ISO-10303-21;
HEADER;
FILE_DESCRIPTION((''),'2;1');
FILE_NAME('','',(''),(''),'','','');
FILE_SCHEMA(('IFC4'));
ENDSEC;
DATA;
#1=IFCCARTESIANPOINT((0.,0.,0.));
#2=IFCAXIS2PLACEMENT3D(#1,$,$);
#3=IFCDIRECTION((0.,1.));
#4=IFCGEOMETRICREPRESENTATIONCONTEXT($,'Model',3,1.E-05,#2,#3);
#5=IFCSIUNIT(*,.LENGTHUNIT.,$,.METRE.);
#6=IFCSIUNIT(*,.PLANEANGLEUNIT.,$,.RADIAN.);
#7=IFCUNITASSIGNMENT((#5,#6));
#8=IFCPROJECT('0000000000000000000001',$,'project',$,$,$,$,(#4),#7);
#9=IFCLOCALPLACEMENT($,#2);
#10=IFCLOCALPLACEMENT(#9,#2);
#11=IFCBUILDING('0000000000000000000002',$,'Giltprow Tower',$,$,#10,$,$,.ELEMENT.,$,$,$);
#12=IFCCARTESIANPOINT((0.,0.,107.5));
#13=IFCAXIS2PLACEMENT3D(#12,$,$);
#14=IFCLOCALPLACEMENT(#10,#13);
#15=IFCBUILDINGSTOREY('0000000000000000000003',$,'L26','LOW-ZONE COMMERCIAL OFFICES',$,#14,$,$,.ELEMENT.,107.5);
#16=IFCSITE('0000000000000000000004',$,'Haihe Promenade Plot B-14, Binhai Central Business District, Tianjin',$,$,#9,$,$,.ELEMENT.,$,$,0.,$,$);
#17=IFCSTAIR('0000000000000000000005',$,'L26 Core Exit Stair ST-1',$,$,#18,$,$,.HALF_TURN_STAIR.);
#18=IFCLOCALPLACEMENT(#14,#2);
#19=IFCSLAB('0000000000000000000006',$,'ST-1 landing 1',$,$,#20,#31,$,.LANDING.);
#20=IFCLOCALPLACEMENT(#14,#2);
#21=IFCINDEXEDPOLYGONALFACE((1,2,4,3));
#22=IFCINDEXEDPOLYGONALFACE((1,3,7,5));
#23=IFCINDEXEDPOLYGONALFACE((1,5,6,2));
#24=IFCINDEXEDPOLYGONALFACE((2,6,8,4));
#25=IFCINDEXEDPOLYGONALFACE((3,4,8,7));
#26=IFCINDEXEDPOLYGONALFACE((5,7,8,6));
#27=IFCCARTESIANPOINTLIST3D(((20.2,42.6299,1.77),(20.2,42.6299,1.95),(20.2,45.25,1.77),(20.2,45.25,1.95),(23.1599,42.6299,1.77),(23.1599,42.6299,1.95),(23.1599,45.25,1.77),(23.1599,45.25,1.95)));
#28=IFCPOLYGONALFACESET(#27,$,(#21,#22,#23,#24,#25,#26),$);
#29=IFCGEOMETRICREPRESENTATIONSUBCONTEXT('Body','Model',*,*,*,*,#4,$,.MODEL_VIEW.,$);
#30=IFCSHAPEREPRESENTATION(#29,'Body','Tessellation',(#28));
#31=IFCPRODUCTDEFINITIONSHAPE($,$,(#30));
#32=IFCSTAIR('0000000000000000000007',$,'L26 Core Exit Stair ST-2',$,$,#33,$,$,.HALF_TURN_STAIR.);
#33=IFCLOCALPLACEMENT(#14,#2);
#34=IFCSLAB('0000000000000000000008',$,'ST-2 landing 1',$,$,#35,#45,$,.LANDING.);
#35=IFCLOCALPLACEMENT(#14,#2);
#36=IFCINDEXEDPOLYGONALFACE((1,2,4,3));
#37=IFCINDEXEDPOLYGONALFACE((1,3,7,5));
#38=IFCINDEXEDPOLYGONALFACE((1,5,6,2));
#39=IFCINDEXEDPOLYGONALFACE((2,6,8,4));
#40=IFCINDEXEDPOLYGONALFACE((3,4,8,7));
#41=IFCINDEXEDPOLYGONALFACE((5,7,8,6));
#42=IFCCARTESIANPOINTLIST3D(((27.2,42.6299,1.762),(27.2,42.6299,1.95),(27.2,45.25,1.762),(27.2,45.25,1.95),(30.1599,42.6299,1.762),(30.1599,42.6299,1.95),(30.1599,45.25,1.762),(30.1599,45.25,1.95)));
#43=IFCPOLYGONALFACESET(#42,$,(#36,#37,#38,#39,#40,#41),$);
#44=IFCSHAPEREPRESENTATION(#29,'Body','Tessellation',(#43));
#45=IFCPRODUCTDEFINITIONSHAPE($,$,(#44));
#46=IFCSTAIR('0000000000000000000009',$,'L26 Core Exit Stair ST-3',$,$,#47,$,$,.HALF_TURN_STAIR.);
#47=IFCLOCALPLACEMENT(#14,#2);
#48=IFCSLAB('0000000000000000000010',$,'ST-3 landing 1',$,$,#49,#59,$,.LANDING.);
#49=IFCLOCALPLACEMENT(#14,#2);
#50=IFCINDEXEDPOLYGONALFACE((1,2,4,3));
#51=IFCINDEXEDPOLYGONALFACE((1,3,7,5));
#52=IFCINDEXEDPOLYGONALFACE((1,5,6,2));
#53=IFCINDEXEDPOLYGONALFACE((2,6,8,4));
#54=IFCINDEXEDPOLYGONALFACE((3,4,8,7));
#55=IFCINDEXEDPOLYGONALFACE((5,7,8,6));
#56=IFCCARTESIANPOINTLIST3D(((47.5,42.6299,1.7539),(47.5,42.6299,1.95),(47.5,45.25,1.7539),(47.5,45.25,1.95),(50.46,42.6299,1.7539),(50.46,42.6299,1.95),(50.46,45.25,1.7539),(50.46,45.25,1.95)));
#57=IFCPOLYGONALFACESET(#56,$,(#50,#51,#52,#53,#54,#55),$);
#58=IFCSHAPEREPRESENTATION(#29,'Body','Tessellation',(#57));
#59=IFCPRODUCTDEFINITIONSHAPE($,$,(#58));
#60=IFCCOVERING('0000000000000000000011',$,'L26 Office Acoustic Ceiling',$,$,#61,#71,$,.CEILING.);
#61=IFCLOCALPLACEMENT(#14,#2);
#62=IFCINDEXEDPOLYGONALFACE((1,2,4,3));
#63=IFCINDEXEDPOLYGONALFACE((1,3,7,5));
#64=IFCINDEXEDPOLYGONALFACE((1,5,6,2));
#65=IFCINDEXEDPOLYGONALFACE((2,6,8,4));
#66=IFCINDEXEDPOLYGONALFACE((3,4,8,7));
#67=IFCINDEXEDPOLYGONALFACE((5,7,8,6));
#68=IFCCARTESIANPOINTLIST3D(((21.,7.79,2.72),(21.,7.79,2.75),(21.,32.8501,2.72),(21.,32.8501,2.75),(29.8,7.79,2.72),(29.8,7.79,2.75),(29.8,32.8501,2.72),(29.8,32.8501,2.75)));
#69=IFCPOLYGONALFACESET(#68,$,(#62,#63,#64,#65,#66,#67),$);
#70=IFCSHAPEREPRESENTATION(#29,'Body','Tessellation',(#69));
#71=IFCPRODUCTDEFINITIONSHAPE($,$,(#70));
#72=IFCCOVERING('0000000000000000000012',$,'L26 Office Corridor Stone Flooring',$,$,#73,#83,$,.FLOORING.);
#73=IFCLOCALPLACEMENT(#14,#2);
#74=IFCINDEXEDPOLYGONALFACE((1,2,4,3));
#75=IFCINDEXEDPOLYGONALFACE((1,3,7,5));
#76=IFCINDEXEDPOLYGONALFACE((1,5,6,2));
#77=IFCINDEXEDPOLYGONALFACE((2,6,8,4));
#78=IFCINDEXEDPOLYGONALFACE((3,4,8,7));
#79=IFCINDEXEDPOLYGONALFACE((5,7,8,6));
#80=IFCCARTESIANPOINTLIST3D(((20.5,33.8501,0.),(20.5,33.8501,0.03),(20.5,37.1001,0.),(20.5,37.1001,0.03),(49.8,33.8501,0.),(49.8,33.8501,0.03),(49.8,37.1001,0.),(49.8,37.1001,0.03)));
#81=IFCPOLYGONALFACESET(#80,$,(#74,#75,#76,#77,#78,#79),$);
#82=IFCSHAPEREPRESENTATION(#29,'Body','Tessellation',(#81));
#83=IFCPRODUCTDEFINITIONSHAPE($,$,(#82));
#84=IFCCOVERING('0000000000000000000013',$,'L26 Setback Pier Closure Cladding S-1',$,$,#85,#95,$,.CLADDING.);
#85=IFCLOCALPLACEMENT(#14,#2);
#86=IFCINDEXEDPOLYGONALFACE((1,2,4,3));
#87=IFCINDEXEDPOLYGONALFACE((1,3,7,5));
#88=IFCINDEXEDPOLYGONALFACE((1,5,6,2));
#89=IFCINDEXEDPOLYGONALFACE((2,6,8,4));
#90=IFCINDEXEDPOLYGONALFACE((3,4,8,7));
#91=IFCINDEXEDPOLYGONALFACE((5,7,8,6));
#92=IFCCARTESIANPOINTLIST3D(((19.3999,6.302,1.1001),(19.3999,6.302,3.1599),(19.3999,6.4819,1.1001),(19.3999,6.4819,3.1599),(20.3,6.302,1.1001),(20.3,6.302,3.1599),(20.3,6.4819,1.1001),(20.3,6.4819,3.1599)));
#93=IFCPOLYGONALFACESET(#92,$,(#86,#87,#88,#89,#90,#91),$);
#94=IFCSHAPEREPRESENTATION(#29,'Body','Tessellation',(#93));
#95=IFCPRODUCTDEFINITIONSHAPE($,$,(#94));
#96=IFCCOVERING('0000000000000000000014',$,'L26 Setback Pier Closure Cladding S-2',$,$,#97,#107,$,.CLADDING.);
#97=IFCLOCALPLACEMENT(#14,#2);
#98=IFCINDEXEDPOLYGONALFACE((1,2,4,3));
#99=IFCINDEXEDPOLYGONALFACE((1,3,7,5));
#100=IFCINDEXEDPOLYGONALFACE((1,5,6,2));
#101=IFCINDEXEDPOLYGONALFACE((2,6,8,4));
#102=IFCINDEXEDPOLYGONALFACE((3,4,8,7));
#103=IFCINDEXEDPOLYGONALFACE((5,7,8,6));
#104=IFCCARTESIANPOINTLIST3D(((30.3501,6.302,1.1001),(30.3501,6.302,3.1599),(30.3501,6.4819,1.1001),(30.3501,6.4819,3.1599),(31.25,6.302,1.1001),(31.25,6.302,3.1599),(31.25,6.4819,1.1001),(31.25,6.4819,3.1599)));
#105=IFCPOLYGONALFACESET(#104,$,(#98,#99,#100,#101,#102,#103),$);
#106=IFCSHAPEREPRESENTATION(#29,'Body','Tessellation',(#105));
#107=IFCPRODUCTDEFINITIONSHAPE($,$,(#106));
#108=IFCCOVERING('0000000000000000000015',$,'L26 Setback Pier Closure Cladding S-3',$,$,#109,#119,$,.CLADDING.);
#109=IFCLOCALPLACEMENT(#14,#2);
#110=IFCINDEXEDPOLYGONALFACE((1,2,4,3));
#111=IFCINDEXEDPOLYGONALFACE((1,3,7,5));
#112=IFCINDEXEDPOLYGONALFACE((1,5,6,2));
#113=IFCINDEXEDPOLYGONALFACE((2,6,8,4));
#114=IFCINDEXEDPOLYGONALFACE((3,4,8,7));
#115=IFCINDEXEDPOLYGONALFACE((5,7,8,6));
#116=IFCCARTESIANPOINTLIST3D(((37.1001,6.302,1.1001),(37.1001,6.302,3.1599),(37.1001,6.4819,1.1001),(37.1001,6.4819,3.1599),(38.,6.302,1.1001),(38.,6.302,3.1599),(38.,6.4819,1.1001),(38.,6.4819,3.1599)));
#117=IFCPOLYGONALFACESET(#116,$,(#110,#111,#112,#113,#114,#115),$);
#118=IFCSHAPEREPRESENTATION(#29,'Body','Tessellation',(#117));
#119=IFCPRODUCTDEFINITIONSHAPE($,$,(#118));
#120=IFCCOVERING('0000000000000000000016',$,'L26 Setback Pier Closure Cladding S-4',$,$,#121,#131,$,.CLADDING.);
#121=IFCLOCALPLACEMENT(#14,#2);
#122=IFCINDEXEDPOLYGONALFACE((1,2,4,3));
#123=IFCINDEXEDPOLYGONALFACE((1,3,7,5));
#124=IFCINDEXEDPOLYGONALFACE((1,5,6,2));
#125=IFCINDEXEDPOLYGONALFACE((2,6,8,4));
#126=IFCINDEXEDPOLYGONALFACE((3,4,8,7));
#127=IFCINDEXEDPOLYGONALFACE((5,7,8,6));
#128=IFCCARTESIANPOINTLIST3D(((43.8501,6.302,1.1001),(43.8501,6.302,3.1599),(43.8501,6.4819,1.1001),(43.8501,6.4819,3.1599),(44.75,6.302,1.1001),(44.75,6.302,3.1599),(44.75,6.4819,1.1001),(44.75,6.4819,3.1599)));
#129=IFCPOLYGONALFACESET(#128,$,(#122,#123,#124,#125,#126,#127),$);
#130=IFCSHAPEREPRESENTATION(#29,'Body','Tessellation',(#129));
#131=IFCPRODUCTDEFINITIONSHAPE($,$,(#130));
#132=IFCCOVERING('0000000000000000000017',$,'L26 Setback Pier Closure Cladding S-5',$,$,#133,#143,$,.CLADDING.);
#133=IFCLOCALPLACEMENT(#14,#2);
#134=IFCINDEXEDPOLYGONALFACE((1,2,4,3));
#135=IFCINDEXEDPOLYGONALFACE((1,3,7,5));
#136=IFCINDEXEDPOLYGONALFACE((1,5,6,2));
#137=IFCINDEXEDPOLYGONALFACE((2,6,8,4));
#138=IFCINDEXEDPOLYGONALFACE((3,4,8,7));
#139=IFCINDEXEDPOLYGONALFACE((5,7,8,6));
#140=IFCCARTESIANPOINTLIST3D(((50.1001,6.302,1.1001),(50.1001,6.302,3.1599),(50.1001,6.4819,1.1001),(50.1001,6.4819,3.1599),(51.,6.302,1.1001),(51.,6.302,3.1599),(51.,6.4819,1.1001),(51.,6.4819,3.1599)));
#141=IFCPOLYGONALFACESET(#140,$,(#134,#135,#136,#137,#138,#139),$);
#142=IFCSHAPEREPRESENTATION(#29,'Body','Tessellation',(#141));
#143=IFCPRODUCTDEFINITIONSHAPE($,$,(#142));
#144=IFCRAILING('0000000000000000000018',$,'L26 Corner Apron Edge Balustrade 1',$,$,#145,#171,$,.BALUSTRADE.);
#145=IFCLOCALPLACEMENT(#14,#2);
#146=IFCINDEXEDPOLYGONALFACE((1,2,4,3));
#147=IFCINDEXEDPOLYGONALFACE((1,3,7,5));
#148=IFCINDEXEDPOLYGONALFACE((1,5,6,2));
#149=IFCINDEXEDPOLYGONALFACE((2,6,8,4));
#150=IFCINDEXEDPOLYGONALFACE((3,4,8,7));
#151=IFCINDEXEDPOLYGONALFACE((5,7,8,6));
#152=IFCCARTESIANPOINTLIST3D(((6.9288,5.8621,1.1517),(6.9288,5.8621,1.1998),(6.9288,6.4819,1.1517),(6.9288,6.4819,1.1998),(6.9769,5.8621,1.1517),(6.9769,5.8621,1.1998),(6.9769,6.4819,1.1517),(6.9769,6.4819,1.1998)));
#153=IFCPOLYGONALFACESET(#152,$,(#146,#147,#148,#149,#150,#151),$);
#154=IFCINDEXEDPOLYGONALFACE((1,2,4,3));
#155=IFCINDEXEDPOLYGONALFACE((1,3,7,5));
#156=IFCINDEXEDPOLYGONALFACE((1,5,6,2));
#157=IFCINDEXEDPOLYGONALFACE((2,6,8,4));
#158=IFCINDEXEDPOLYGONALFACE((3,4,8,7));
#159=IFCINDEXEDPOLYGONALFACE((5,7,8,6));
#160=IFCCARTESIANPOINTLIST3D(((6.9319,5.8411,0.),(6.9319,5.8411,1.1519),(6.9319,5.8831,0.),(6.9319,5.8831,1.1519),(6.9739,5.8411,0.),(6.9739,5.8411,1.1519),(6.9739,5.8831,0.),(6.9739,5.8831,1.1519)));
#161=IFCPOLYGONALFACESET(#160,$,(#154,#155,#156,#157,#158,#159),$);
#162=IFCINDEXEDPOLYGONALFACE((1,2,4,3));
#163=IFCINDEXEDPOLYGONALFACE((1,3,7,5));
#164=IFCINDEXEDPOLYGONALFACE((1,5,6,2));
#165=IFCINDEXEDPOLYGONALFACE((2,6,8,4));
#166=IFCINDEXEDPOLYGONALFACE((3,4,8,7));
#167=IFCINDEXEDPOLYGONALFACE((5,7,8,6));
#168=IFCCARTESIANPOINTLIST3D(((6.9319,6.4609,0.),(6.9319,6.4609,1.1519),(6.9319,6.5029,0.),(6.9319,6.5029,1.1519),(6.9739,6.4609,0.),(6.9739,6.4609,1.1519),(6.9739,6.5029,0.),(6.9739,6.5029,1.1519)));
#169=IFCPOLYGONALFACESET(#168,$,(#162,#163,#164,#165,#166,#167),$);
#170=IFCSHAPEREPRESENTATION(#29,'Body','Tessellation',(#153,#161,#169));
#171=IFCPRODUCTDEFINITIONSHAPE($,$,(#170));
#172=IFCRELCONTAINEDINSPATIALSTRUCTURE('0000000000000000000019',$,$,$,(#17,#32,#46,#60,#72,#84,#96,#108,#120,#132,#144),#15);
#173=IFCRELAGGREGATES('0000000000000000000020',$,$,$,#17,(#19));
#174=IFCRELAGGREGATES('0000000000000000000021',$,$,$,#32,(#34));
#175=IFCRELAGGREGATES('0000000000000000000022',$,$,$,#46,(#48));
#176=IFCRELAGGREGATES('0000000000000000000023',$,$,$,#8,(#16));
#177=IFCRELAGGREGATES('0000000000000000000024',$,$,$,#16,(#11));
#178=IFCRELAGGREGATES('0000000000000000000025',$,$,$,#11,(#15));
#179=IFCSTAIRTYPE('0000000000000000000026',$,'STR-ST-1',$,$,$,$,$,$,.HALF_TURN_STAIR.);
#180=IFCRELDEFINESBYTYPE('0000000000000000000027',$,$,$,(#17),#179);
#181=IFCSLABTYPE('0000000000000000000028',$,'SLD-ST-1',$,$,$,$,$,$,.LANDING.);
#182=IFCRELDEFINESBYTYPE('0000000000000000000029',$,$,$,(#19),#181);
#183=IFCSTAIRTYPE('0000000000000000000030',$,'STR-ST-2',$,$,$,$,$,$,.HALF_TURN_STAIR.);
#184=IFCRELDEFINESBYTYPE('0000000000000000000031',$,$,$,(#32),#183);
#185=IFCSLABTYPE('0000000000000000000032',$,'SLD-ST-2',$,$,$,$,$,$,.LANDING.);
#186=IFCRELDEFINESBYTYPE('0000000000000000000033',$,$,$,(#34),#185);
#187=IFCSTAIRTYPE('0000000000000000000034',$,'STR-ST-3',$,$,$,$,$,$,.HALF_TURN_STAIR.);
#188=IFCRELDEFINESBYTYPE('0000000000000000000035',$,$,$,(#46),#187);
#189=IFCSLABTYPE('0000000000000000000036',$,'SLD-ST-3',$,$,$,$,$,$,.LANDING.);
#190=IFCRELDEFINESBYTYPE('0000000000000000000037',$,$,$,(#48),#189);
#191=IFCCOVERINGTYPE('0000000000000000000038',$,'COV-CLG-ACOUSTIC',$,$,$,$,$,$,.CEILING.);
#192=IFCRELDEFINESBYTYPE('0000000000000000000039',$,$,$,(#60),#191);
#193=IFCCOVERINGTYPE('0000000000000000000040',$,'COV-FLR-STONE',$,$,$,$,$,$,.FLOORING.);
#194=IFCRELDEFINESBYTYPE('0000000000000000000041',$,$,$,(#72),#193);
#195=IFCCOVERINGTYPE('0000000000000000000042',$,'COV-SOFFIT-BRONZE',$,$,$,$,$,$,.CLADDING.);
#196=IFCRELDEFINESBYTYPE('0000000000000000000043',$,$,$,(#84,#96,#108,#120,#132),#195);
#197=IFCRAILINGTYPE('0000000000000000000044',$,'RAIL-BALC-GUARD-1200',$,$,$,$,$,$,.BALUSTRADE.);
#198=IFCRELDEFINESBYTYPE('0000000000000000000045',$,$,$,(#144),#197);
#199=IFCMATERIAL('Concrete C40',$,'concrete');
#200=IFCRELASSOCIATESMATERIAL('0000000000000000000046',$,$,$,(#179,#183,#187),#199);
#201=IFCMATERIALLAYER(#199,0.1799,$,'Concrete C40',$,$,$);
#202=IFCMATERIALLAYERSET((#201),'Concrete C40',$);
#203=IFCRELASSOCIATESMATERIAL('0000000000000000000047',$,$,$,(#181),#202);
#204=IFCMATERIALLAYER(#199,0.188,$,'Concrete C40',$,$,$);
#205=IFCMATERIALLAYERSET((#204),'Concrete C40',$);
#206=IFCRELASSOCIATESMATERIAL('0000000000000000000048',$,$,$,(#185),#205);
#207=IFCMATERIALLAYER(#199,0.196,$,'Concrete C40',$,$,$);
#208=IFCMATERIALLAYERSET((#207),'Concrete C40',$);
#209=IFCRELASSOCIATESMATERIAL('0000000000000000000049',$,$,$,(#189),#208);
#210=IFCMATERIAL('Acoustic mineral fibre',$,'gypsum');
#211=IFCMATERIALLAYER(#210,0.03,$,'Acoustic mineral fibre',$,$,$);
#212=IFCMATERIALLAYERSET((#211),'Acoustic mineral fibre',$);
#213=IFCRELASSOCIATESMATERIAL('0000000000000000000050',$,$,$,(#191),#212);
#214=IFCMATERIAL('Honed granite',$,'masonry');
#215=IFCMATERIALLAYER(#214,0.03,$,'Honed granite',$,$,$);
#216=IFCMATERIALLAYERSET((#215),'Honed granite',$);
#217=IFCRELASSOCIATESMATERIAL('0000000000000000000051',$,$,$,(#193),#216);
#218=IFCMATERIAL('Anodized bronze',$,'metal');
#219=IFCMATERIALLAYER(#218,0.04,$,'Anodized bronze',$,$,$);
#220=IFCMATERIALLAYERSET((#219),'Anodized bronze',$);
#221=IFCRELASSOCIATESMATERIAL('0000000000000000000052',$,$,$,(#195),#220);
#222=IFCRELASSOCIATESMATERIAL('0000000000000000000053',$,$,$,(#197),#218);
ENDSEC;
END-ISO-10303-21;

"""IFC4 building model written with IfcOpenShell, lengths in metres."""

from ifc_helpers import new_model, si_unit, direction, frame, origin, origin_2d, place, context, subcontext, project, spatial, polyline, rectangle, outline, extrude, material, layer, layer_set, type_object, element, aggregate, save


model = new_model("IFC4")

# Units and contexts
model_context = context("Model", 3, precision=1e-05, world=origin(), true_north=direction((0.0, 1.0)))
body_context = subcontext(model_context, "Body", "Model", "MODEL_VIEW")
ifc_project = project(units=[si_unit("LENGTHUNIT", "METRE"), si_unit("PLANEANGLEUNIT", "RADIAN")], contexts=[model_context])

# Site, building, storey
site_placement = place(None, origin())
site = spatial("IfcSite", under=ifc_project, at=site_placement, Name="Haihe Promenade Plot B-14, Binhai Central Business District, Tianjin", CompositionType="ELEMENT", RefElevation=0.0)
building_placement = place(site_placement, origin())
building = spatial("IfcBuilding", under=site, at=building_placement, Name="Giltprow Tower", CompositionType="ELEMENT")
storey_placement = place(building_placement, frame((0.0, 0.0, 107.5)))
storey = spatial("IfcBuildingStorey", under=building, at=storey_placement, Name="L26", Description="LOW-ZONE COMMERCIAL OFFICES", CompositionType="ELEMENT", Elevation=107.5)

# Shared definitions
ifc_material_1 = material(Name="Anodized bronze", Category="metal")

# Shared definitions
ifc_material_2 = material(Name="Concrete C40", Category="concrete")

# Stairs, slabs
stair_type_1 = type_object("IfcStairType", Name="STR-ST-1", PredefinedType="HALF_TURN_STAIR", material=ifc_material_2)
stair_1_placement = place(storey_placement, origin())
stair_1 = element("IfcStair", 1, at=stair_1_placement, inside=storey, type_object=stair_type_1, Name="L26 Core Exit Stair ST-1", PredefinedType="HALF_TURN_STAIR")
ifc_layer_1 = layer(ifc_material_2, 0.1799, Name="Concrete C40")
ifc_layer_set_1 = layer_set([ifc_layer_1], Name="Concrete C40")
slab_type_1 = type_object("IfcSlabType", Name="SLD-ST-1", PredefinedType="LANDING", material=ifc_layer_set_1)
slab_1_placement = place(storey_placement, frame((0.0, 0.0, 1.77)))
slab_1 = element("IfcSlab", 2, at=slab_1_placement, type_object=slab_type_1, Name="ST-1 landing 1", PredefinedType="LANDING", context=body_context, shape_type="SweptSolid", body=[
    extrude(outline(polyline([(23.1599, 42.6299), (23.1599, 45.25), (20.2, 45.25), (20.2, 42.6299), (23.1599, 42.6299)])), origin(), (0.0, 0.0, 1.0), 0.1799),
])
aggregate(stair_1, [slab_1])
stair_type_2 = type_object("IfcStairType", Name="STR-ST-2", PredefinedType="HALF_TURN_STAIR", material=ifc_material_2)
stair_2_placement = place(storey_placement, origin())
stair_2 = element("IfcStair", 3, at=stair_2_placement, inside=storey, type_object=stair_type_2, Name="L26 Core Exit Stair ST-2", PredefinedType="HALF_TURN_STAIR")
ifc_layer_2 = layer(ifc_material_2, 0.188, Name="Concrete C40")
ifc_layer_set_2 = layer_set([ifc_layer_2], Name="Concrete C40")
slab_type_2 = type_object("IfcSlabType", Name="SLD-ST-2", PredefinedType="LANDING", material=ifc_layer_set_2)
slab_2_placement = place(storey_placement, frame((0.0, 0.0, 1.762)))
slab_2 = element("IfcSlab", 4, at=slab_2_placement, type_object=slab_type_2, Name="ST-2 landing 1", PredefinedType="LANDING", context=body_context, shape_type="SweptSolid", body=[
    extrude(outline(polyline([(30.1599, 42.6299), (30.1599, 45.25), (27.2, 45.25), (27.2, 42.6299), (30.1599, 42.6299)])), origin(), (0.0, 0.0, 1.0), 0.188),
])
aggregate(stair_2, [slab_2])
stair_type_3 = type_object("IfcStairType", Name="STR-ST-3", PredefinedType="HALF_TURN_STAIR", material=ifc_material_2)
stair_3_placement = place(storey_placement, origin())
stair_3 = element("IfcStair", 5, at=stair_3_placement, inside=storey, type_object=stair_type_3, Name="L26 Core Exit Stair ST-3", PredefinedType="HALF_TURN_STAIR")
ifc_layer_3 = layer(ifc_material_2, 0.196, Name="Concrete C40")
ifc_layer_set_3 = layer_set([ifc_layer_3], Name="Concrete C40")
slab_type_3 = type_object("IfcSlabType", Name="SLD-ST-3", PredefinedType="LANDING", material=ifc_layer_set_3)
slab_3_placement = place(storey_placement, frame((0.0, 0.0, 1.7539)))
slab_3 = element("IfcSlab", 6, at=slab_3_placement, type_object=slab_type_3, Name="ST-3 landing 1", PredefinedType="LANDING", context=body_context, shape_type="SweptSolid", body=[
    extrude(outline(polyline([(50.46, 42.6299), (50.46, 45.25), (47.5, 45.25), (47.5, 42.6299), (50.46, 42.6299)])), origin(), (0.0, 0.0, 1.0), 0.196),
])
aggregate(stair_3, [slab_3])

# Coverings
ifc_material_3 = material(Name="Acoustic mineral fibre", Category="gypsum")
ifc_layer_4 = layer(ifc_material_3, 0.03, Name="Acoustic mineral fibre")
ifc_layer_set_4 = layer_set([ifc_layer_4], Name="Acoustic mineral fibre")
covering_type_1 = type_object("IfcCoveringType", Name="COV-CLG-ACOUSTIC", PredefinedType="CEILING", material=ifc_layer_set_4)
covering_1_placement = place(storey_placement, frame((0.0, 0.0, 2.72)))
element("IfcCovering", 7, at=covering_1_placement, inside=storey, type_object=covering_type_1, Name="L26 Office Acoustic Ceiling", PredefinedType="CEILING", context=body_context, shape_type="SweptSolid", body=[
    extrude(outline(polyline([(21.0, 7.79), (29.8, 7.79), (29.8, 32.8501), (21.0, 32.8501), (21.0, 7.79)])), origin(), (0.0, 0.0, 1.0), 0.03),
])
ifc_material_4 = material(Name="Honed granite", Category="masonry")
ifc_layer_5 = layer(ifc_material_4, 0.03, Name="Honed granite")
ifc_layer_set_5 = layer_set([ifc_layer_5], Name="Honed granite")
covering_type_2 = type_object("IfcCoveringType", Name="COV-FLR-STONE", PredefinedType="FLOORING", material=ifc_layer_set_5)
covering_2_placement = place(storey_placement, origin())
element("IfcCovering", 8, at=covering_2_placement, inside=storey, type_object=covering_type_2, Name="L26 Office Corridor Stone Flooring", PredefinedType="FLOORING", context=body_context, shape_type="SweptSolid", body=[
    extrude(outline(polyline([(20.5, 33.8501), (49.8, 33.8501), (49.8, 37.1001), (20.5, 37.1001), (20.5, 33.8501)])), origin(), (0.0, 0.0, 1.0), 0.03),
])
ifc_layer_6 = layer(ifc_material_1, 0.04, Name="Anodized bronze")
ifc_layer_set_6 = layer_set([ifc_layer_6], Name="Anodized bronze")
covering_type_3 = type_object("IfcCoveringType", Name="COV-SOFFIT-BRONZE", PredefinedType="CLADDING", material=ifc_layer_set_6)
covering_3_placement = place(storey_placement, frame((0.0, 0.0, 1.1001)))
element("IfcCovering", 9, at=covering_3_placement, inside=storey, type_object=covering_type_3, Name="L26 Setback Pier Closure Cladding S-1", PredefinedType="CLADDING", context=body_context, shape_type="SweptSolid", body=[
    extrude(outline(polyline([(19.3999, 6.302), (20.3, 6.302), (20.3, 6.4819), (19.3999, 6.4819), (19.3999, 6.302)])), origin(), (0.0, 0.0, 1.0), 2.0598),
])
covering_4_placement = place(storey_placement, frame((0.0, 0.0, 1.1001)))
element("IfcCovering", 10, at=covering_4_placement, inside=storey, type_object=covering_type_3, Name="L26 Setback Pier Closure Cladding S-2", PredefinedType="CLADDING", context=body_context, shape_type="SweptSolid", body=[
    extrude(outline(polyline([(30.3501, 6.302), (31.25, 6.302), (31.25, 6.4819), (30.3501, 6.4819), (30.3501, 6.302)])), origin(), (0.0, 0.0, 1.0), 2.0598),
])
covering_5_placement = place(storey_placement, frame((0.0, 0.0, 1.1001)))
element("IfcCovering", 11, at=covering_5_placement, inside=storey, type_object=covering_type_3, Name="L26 Setback Pier Closure Cladding S-3", PredefinedType="CLADDING", context=body_context, shape_type="SweptSolid", body=[
    extrude(outline(polyline([(37.1001, 6.302), (38.0, 6.302), (38.0, 6.4819), (37.1001, 6.4819), (37.1001, 6.302)])), origin(), (0.0, 0.0, 1.0), 2.0598),
])
covering_6_placement = place(storey_placement, frame((0.0, 0.0, 1.1001)))
element("IfcCovering", 12, at=covering_6_placement, inside=storey, type_object=covering_type_3, Name="L26 Setback Pier Closure Cladding S-4", PredefinedType="CLADDING", context=body_context, shape_type="SweptSolid", body=[
    extrude(outline(polyline([(43.8501, 6.302), (44.75, 6.302), (44.75, 6.4819), (43.8501, 6.4819), (43.8501, 6.302)])), origin(), (0.0, 0.0, 1.0), 2.0598),
])
covering_7_placement = place(storey_placement, frame((0.0, 0.0, 1.1001)))
element("IfcCovering", 13, at=covering_7_placement, inside=storey, type_object=covering_type_3, Name="L26 Setback Pier Closure Cladding S-5", PredefinedType="CLADDING", context=body_context, shape_type="SweptSolid", body=[
    extrude(outline(polyline([(50.1001, 6.302), (51.0, 6.302), (51.0, 6.4819), (50.1001, 6.4819), (50.1001, 6.302)])), origin(), (0.0, 0.0, 1.0), 2.0598),
])

# Railing
railing_type = type_object("IfcRailingType", Name="RAIL-BALC-GUARD-1200", PredefinedType="BALUSTRADE", material=ifc_material_1)
railing_placement = place(storey_placement, frame((6.9529, 5.8621, 0.0)))
element("IfcRailing", 14, at=railing_placement, inside=storey, type_object=railing_type, Name="L26 Corner Apron Edge Balustrade 1", PredefinedType="BALUSTRADE", context=body_context, shape_type="SweptSolid", body=[
    extrude(rectangle(XDim=0.0481, YDim=0.0481, at=origin_2d()), frame((0.0, 0.0, 1.1758), z_axis=(0.0, 1.0, 0.0), x_axis=(-1.0, 0.0, 0.0)), (0.0, 0.0, 1.0), 0.6199),
    extrude(rectangle(XDim=0.042, YDim=0.042, at=origin_2d()), origin(), (0.0, 0.0, 1.0), 1.1519),
    extrude(rectangle(XDim=0.042, YDim=0.042, at=origin_2d()), frame((0.0, 0.6199, 0.0)), (0.0, 0.0, 1.0), 1.1519),
])

save(model, "model.ifc")
